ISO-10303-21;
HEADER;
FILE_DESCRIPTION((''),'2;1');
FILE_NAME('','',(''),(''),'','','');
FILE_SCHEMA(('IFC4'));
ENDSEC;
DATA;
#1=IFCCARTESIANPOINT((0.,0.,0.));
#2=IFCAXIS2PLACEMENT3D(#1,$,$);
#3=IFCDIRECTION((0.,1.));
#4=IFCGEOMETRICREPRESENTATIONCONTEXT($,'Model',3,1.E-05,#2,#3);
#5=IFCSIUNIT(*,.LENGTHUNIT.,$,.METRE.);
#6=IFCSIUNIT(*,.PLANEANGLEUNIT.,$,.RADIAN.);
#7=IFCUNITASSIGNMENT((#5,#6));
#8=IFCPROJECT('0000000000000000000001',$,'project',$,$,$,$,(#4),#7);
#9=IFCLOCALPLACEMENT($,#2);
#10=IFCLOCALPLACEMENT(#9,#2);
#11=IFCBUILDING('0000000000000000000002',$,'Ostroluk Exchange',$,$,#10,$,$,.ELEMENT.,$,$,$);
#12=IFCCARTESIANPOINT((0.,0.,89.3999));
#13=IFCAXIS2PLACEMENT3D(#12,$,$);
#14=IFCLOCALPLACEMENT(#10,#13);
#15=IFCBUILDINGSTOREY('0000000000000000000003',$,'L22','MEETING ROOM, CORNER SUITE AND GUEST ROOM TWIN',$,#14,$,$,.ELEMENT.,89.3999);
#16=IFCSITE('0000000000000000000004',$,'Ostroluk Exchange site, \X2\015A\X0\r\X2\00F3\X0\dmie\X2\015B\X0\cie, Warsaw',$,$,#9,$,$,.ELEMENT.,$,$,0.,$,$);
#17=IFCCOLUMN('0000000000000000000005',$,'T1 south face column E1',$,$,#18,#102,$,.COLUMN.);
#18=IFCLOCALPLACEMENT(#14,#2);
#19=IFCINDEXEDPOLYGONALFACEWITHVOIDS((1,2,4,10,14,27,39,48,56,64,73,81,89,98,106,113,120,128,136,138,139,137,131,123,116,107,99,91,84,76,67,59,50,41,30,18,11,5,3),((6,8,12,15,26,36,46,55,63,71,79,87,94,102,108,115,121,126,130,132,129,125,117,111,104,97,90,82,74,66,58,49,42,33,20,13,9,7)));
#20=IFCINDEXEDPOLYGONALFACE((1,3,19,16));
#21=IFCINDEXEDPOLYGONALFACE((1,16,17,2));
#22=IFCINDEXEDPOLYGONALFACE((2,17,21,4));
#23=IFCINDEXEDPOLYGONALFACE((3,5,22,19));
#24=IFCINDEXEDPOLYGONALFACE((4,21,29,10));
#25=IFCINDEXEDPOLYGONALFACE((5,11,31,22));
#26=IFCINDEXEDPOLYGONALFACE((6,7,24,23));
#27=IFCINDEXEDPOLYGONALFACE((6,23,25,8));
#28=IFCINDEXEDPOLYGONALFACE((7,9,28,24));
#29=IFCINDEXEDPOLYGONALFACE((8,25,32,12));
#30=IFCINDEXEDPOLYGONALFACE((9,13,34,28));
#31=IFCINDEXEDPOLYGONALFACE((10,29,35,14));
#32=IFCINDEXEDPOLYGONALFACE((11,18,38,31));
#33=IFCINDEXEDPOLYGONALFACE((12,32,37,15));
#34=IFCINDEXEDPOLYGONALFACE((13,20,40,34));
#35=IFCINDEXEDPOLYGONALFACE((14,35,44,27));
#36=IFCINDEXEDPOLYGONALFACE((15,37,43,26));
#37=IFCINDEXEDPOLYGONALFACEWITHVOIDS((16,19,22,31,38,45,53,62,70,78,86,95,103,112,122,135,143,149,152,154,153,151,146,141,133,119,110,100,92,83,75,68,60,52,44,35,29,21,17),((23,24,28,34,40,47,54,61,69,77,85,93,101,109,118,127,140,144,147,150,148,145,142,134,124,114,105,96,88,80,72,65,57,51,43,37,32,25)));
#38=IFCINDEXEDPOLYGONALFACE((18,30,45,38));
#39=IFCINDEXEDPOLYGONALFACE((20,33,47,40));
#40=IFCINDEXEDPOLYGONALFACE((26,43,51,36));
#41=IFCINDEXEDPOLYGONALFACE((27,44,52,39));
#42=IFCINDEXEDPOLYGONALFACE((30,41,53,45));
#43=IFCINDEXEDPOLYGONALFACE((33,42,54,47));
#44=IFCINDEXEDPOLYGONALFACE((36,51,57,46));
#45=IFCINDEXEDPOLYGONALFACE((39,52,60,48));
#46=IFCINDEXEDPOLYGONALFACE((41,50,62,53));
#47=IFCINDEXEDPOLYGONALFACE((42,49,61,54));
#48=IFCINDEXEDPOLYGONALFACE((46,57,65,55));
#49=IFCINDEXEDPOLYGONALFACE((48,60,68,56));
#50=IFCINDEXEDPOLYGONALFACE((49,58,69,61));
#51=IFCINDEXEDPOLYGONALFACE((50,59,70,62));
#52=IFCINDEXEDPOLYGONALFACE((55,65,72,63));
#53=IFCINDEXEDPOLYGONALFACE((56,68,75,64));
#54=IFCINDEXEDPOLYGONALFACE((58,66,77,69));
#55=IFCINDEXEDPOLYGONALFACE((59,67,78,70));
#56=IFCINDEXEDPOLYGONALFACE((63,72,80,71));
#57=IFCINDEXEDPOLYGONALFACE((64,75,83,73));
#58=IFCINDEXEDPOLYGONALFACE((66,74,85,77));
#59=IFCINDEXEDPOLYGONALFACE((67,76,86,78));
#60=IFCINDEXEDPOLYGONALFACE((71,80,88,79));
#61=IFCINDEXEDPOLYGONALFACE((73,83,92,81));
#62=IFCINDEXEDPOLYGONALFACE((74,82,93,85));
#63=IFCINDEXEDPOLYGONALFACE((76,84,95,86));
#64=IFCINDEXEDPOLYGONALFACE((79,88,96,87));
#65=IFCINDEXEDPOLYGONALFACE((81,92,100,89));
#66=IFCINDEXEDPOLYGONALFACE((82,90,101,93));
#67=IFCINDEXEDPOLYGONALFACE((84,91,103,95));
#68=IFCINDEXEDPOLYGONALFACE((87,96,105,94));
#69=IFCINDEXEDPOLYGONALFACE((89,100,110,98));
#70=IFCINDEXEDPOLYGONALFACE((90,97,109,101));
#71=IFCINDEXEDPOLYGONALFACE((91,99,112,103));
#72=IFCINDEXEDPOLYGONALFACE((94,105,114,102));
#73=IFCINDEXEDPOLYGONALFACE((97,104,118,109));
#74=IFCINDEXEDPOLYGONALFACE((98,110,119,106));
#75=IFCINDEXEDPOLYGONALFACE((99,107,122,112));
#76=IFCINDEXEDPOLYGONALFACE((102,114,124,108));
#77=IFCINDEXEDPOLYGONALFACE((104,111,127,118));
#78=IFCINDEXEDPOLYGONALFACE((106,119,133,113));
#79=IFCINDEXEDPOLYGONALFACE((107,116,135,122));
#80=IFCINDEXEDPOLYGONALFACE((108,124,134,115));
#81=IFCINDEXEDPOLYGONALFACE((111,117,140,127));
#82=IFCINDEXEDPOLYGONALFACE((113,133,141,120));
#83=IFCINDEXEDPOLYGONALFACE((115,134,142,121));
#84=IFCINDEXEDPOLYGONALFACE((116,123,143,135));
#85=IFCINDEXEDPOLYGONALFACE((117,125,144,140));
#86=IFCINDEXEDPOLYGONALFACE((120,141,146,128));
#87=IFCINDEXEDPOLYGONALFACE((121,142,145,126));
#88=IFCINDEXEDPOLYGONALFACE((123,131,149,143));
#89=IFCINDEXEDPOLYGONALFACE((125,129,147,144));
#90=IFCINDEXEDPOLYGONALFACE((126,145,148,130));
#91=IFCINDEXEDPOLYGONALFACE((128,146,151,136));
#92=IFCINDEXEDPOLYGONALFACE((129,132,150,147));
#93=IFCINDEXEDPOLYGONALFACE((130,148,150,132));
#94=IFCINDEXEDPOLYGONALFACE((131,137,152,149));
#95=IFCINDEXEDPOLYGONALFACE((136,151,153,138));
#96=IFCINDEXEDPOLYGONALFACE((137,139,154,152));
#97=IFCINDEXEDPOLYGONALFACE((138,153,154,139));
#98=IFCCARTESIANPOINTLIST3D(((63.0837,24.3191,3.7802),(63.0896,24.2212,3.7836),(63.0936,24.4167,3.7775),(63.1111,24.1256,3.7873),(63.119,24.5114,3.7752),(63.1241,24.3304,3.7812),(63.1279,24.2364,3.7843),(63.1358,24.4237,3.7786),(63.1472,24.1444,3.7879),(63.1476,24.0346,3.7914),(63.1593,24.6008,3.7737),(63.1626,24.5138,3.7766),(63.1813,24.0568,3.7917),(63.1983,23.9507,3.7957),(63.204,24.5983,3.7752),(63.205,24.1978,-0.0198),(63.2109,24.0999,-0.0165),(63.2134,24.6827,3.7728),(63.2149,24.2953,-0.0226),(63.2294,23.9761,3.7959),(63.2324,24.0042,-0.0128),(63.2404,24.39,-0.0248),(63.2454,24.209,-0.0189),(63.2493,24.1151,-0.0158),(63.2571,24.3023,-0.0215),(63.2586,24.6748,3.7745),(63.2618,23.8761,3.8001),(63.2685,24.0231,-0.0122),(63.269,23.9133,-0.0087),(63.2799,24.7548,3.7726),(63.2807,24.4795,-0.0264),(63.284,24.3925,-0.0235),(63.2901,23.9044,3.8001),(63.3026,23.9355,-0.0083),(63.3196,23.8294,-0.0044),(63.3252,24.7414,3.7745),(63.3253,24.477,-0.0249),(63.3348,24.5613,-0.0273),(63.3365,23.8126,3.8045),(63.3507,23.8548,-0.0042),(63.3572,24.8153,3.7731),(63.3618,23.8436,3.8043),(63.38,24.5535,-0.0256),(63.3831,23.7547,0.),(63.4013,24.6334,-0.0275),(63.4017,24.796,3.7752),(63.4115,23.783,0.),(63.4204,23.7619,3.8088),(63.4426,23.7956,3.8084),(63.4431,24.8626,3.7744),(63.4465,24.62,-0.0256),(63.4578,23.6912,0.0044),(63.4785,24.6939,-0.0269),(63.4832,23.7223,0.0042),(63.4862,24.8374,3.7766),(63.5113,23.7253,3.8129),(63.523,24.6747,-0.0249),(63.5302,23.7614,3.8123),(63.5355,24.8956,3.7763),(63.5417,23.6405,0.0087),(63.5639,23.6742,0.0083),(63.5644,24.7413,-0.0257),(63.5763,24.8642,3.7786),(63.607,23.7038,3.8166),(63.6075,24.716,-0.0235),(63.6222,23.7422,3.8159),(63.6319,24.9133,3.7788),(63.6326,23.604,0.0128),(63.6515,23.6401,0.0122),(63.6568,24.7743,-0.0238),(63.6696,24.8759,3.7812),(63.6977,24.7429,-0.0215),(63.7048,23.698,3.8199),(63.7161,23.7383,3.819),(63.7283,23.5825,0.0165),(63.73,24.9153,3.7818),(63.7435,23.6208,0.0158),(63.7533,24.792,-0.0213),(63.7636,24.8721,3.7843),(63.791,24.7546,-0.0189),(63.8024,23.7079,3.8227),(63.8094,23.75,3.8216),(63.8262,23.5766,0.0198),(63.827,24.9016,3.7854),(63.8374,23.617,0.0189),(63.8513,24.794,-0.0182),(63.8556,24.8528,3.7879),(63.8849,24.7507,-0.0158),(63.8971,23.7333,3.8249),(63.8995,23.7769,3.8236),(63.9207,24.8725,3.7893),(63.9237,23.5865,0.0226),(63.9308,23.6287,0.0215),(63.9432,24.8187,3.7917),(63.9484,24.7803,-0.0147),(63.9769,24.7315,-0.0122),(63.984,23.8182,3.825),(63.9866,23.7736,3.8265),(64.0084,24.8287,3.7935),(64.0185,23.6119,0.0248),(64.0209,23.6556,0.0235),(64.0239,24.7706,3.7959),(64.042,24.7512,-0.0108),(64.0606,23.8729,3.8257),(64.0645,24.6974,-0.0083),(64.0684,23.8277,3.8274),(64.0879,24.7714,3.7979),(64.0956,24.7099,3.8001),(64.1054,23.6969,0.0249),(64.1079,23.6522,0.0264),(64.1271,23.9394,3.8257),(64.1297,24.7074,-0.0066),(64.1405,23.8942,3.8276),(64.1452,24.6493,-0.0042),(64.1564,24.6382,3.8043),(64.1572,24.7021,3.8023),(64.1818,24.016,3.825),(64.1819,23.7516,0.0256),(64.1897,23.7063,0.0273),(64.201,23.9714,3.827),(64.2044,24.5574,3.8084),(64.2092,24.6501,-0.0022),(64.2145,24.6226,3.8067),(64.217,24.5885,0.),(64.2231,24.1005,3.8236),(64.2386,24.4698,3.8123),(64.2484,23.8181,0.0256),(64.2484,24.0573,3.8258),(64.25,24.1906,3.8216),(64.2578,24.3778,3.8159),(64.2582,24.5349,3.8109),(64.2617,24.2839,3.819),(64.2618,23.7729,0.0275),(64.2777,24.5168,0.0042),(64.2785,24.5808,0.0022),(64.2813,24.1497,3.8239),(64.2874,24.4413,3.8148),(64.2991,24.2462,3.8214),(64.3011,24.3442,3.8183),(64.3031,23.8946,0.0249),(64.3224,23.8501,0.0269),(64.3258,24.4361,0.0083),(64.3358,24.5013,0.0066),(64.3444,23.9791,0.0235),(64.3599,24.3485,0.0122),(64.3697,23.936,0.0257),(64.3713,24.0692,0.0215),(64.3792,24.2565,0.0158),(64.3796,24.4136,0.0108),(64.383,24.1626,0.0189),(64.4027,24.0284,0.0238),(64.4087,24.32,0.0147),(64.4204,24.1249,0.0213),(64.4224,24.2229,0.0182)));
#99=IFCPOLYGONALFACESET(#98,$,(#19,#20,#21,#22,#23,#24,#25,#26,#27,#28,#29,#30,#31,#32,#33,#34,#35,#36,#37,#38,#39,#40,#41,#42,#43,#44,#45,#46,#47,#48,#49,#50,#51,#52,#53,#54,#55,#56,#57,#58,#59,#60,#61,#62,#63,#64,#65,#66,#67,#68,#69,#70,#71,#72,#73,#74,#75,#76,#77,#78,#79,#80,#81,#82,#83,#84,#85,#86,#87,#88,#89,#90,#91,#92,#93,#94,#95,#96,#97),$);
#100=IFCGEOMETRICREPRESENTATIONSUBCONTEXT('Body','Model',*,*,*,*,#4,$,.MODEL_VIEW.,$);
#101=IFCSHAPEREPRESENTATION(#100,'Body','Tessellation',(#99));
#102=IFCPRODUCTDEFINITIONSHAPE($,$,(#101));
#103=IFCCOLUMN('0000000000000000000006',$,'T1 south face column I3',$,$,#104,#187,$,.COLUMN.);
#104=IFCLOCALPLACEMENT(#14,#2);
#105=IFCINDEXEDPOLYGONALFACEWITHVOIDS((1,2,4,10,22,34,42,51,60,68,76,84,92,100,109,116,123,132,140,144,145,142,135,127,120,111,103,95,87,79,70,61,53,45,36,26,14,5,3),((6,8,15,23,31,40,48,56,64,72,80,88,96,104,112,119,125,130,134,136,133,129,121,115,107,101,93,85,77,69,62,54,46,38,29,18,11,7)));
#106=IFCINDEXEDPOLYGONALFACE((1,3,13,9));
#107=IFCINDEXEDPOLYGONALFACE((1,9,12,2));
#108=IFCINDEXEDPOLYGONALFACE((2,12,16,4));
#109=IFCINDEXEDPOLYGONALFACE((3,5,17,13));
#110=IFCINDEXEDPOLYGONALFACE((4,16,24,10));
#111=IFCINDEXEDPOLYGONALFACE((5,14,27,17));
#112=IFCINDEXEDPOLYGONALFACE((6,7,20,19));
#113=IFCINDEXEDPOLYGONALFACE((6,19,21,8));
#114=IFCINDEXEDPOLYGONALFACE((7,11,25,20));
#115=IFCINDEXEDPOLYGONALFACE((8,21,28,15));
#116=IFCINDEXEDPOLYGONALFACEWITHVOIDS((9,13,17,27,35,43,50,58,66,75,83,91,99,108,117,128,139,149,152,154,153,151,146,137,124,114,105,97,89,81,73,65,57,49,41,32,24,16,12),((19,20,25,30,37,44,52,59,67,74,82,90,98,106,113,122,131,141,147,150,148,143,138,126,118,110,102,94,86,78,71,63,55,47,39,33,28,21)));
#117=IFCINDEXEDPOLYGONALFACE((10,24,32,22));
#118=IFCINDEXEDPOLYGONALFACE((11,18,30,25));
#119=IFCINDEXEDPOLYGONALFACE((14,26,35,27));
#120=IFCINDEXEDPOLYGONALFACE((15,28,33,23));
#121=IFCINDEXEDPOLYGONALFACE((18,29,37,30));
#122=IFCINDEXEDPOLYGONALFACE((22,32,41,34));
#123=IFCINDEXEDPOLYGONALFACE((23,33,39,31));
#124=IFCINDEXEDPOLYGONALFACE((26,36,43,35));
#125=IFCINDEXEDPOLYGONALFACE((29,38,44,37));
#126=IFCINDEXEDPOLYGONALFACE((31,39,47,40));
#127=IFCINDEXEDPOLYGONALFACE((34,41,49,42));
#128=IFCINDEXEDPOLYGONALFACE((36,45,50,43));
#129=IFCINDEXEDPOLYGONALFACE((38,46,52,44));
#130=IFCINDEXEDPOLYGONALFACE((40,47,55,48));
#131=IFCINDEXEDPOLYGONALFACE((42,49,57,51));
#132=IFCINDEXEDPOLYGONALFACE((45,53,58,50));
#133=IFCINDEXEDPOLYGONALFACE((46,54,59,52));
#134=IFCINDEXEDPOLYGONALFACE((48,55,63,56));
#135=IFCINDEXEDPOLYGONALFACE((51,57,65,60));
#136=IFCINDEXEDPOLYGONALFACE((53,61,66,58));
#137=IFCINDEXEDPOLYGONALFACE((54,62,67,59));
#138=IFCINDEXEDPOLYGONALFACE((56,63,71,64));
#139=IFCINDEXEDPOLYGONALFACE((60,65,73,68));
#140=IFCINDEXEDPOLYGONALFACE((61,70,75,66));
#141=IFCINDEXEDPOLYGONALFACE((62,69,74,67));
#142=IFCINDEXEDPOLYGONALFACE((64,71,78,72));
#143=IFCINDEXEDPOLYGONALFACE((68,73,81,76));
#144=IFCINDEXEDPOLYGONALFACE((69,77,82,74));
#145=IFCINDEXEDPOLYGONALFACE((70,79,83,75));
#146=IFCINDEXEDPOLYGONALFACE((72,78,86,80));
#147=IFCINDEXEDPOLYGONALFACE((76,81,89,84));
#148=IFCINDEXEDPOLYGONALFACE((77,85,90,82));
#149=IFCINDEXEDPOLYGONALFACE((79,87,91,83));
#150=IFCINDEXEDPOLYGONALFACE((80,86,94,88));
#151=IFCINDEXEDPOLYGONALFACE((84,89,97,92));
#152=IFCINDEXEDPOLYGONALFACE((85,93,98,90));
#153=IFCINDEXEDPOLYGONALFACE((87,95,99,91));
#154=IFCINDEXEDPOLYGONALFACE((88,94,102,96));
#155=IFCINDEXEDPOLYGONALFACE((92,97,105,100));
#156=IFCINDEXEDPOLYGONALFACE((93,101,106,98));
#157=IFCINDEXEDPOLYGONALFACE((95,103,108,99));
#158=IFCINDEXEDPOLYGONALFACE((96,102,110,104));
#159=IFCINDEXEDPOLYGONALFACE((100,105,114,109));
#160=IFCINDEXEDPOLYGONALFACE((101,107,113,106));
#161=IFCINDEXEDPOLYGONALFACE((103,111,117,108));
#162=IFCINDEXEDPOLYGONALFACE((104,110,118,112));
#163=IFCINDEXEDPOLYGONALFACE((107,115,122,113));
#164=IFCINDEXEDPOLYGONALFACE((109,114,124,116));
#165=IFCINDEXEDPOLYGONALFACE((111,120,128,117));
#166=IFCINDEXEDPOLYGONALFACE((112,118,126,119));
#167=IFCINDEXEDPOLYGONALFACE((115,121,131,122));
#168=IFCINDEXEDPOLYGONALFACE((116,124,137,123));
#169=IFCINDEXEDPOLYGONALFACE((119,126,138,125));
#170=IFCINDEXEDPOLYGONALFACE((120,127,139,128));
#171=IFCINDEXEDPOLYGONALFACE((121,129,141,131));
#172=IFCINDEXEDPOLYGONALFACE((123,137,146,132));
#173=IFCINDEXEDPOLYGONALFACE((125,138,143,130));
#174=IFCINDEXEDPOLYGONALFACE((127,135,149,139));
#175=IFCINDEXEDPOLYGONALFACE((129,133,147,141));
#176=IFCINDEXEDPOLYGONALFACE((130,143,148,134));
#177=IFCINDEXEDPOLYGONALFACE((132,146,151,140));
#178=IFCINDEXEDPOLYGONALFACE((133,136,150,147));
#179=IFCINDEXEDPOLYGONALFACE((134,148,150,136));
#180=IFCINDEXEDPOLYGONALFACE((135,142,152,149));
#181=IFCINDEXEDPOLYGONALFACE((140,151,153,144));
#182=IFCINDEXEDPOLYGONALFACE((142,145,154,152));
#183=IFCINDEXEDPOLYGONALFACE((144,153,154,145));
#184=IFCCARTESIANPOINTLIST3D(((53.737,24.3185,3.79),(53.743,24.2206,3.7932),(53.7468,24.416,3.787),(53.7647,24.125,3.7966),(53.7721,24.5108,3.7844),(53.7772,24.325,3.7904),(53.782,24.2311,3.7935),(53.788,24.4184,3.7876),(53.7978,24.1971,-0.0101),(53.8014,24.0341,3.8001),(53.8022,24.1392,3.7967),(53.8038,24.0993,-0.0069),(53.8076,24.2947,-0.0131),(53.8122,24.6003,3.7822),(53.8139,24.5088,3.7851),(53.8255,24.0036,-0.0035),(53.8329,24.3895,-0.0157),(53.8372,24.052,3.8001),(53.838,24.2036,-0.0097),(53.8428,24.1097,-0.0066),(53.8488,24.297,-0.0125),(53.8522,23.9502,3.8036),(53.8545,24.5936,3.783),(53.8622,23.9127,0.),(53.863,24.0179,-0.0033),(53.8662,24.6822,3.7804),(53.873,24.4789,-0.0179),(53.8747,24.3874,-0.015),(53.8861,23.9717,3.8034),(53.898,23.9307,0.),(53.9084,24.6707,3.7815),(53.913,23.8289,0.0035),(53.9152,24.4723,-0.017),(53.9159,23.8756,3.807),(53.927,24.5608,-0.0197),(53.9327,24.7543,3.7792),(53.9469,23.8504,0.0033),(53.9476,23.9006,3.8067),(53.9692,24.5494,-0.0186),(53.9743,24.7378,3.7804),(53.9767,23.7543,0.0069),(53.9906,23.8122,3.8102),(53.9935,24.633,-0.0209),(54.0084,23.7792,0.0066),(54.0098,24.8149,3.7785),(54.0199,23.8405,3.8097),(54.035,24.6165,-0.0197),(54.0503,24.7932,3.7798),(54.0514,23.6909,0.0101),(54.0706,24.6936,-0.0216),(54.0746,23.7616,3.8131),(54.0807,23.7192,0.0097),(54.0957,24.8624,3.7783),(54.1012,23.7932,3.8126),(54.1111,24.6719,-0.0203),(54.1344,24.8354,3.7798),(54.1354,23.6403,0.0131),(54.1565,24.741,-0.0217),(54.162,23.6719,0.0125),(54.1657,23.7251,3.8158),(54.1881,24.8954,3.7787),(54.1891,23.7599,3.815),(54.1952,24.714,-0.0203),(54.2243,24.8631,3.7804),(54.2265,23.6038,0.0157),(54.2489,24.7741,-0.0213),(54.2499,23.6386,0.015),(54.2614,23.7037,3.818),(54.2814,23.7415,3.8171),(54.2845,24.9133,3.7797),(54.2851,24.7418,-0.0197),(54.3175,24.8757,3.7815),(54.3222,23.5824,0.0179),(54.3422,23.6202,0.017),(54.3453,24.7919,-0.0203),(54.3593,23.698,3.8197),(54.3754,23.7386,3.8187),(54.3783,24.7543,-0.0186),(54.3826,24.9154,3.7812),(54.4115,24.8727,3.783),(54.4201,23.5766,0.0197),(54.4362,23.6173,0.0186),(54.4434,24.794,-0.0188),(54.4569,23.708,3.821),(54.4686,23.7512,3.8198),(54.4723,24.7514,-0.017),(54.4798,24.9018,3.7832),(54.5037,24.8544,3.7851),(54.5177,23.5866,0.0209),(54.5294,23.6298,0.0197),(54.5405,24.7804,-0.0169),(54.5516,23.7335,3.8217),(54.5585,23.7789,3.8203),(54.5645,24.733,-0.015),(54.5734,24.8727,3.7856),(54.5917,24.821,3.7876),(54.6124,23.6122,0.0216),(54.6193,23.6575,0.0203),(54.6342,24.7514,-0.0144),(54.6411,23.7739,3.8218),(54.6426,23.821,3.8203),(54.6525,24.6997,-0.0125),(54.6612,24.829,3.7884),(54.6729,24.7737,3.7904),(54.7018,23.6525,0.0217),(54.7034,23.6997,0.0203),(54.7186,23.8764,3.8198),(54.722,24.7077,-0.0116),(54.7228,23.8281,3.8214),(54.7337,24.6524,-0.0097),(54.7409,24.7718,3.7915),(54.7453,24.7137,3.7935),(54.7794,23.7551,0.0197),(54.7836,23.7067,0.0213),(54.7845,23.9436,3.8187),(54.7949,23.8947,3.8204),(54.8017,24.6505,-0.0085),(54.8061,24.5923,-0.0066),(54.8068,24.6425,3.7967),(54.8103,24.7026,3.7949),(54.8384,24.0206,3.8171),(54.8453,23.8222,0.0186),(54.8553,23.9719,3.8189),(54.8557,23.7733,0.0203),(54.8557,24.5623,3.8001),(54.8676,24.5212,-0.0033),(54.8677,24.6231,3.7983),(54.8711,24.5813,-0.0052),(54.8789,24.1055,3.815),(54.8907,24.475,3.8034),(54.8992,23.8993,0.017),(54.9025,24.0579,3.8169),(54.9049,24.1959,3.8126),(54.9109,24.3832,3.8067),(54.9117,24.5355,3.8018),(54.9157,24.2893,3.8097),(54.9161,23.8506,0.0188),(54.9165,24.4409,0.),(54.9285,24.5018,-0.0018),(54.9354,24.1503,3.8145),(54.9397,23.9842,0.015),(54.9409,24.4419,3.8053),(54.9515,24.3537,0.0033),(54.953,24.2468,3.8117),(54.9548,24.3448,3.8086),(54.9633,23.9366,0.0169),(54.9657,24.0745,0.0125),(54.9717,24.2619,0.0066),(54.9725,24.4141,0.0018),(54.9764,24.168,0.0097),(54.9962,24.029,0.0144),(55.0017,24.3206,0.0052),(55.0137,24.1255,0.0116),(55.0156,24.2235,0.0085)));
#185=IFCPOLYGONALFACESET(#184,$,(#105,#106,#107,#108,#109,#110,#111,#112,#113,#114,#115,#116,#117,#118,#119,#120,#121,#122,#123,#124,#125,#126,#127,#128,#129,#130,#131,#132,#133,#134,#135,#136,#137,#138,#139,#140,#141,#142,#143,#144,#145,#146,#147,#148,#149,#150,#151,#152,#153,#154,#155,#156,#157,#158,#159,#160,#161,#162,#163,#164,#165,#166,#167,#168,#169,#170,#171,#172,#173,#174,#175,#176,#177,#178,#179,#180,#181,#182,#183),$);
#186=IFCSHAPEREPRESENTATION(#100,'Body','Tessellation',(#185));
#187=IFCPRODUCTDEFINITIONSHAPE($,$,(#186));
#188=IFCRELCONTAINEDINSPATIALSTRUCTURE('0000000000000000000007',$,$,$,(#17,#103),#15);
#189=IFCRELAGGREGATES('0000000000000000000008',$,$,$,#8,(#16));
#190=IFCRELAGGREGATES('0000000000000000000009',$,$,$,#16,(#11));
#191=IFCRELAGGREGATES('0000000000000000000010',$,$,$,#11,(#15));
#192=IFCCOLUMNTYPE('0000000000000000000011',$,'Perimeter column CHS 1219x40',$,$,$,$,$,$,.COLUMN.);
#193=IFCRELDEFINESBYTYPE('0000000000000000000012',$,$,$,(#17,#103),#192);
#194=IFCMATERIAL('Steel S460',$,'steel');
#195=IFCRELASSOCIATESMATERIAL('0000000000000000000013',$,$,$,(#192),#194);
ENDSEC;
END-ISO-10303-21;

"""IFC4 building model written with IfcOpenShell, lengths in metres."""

from ifc_helpers import new_model, si_unit, direction, frame, origin, origin_2d, place, context, subcontext, project, spatial, hollow_circle, extrude, material, material_profile, profile_set, type_object, element, save


model = new_model("IFC4")

# Units and contexts
model_context = context("Model", 3, precision=1e-05, world=origin(), true_north=direction((0.0, 1.0)))
body_context = subcontext(model_context, "Body", "Model", "MODEL_VIEW")
ifc_project = project(units=[si_unit("LENGTHUNIT", "METRE"), si_unit("PLANEANGLEUNIT", "RADIAN")], contexts=[model_context])

# Site, building, storey
site_placement = place(None, origin())
site = spatial("IfcSite", under=ifc_project, at=site_placement, Name="Ostroluk Exchange site, Śródmieście, Warsaw", CompositionType="ELEMENT", RefElevation=0.0)
building_placement = place(site_placement, origin())
building = spatial("IfcBuilding", under=site, at=building_placement, Name="Ostroluk Exchange", CompositionType="ELEMENT")
storey_placement = place(building_placement, frame((0.0, 0.0, 89.3999)))
storey = spatial("IfcBuildingStorey", under=building, at=storey_placement, Name="L22", Description="MEETING ROOM, CORNER SUITE AND GUEST ROOM TWIN", CompositionType="ELEMENT", Elevation=89.3999)

# Columns
ifc_material_1 = material(Name="Steel S460", Category="steel")
ifc_material_profile_1 = material_profile(ifc_material_1, hollow_circle(Radius=0.6096, WallThickness=0.04, at=origin_2d()), Name="CHS 1219x40")
ifc_profile_set_1 = profile_set([ifc_material_profile_1], Name="Steel S460")
column_type = type_object("IfcColumnType", Name="Perimeter column CHS 1219x40", PredefinedType="COLUMN", material=ifc_profile_set_1)
column_1_placement = place(storey_placement, frame((63.8142, 24.1858, 0.0), z_axis=(-0.031898, 0.031898, 0.998982), x_axis=(-0.707107, -0.707107, 0.0)))
element("IfcColumn", 1, at=column_1_placement, inside=storey, type_object=column_type, Name="T1 south face column E1", PredefinedType="COLUMN", context=body_context, shape_type="SweptSolid", body=[
    extrude(hollow_circle(Radius=0.6096, WallThickness=0.04, at=origin_2d()), origin(), (0.0, 0.0, 1.0), 3.804),
])
column_2_placement = place(storey_placement, frame((54.4072, 24.1858, 0.0), z_axis=(-0.015987, 0.03191, 0.999363), x_axis=(-0.894067, -0.447933, 0.0)))
element("IfcColumn", 2, at=column_2_placement, inside=storey, type_object=column_type, Name="T1 south face column I3", PredefinedType="COLUMN", context=body_context, shape_type="SweptSolid", body=[
    extrude(hollow_circle(Radius=0.6096, WallThickness=0.04, at=origin_2d()), origin(), (0.0, 0.0, 1.0), 3.8025),
])

save(model, "model.ifc")
